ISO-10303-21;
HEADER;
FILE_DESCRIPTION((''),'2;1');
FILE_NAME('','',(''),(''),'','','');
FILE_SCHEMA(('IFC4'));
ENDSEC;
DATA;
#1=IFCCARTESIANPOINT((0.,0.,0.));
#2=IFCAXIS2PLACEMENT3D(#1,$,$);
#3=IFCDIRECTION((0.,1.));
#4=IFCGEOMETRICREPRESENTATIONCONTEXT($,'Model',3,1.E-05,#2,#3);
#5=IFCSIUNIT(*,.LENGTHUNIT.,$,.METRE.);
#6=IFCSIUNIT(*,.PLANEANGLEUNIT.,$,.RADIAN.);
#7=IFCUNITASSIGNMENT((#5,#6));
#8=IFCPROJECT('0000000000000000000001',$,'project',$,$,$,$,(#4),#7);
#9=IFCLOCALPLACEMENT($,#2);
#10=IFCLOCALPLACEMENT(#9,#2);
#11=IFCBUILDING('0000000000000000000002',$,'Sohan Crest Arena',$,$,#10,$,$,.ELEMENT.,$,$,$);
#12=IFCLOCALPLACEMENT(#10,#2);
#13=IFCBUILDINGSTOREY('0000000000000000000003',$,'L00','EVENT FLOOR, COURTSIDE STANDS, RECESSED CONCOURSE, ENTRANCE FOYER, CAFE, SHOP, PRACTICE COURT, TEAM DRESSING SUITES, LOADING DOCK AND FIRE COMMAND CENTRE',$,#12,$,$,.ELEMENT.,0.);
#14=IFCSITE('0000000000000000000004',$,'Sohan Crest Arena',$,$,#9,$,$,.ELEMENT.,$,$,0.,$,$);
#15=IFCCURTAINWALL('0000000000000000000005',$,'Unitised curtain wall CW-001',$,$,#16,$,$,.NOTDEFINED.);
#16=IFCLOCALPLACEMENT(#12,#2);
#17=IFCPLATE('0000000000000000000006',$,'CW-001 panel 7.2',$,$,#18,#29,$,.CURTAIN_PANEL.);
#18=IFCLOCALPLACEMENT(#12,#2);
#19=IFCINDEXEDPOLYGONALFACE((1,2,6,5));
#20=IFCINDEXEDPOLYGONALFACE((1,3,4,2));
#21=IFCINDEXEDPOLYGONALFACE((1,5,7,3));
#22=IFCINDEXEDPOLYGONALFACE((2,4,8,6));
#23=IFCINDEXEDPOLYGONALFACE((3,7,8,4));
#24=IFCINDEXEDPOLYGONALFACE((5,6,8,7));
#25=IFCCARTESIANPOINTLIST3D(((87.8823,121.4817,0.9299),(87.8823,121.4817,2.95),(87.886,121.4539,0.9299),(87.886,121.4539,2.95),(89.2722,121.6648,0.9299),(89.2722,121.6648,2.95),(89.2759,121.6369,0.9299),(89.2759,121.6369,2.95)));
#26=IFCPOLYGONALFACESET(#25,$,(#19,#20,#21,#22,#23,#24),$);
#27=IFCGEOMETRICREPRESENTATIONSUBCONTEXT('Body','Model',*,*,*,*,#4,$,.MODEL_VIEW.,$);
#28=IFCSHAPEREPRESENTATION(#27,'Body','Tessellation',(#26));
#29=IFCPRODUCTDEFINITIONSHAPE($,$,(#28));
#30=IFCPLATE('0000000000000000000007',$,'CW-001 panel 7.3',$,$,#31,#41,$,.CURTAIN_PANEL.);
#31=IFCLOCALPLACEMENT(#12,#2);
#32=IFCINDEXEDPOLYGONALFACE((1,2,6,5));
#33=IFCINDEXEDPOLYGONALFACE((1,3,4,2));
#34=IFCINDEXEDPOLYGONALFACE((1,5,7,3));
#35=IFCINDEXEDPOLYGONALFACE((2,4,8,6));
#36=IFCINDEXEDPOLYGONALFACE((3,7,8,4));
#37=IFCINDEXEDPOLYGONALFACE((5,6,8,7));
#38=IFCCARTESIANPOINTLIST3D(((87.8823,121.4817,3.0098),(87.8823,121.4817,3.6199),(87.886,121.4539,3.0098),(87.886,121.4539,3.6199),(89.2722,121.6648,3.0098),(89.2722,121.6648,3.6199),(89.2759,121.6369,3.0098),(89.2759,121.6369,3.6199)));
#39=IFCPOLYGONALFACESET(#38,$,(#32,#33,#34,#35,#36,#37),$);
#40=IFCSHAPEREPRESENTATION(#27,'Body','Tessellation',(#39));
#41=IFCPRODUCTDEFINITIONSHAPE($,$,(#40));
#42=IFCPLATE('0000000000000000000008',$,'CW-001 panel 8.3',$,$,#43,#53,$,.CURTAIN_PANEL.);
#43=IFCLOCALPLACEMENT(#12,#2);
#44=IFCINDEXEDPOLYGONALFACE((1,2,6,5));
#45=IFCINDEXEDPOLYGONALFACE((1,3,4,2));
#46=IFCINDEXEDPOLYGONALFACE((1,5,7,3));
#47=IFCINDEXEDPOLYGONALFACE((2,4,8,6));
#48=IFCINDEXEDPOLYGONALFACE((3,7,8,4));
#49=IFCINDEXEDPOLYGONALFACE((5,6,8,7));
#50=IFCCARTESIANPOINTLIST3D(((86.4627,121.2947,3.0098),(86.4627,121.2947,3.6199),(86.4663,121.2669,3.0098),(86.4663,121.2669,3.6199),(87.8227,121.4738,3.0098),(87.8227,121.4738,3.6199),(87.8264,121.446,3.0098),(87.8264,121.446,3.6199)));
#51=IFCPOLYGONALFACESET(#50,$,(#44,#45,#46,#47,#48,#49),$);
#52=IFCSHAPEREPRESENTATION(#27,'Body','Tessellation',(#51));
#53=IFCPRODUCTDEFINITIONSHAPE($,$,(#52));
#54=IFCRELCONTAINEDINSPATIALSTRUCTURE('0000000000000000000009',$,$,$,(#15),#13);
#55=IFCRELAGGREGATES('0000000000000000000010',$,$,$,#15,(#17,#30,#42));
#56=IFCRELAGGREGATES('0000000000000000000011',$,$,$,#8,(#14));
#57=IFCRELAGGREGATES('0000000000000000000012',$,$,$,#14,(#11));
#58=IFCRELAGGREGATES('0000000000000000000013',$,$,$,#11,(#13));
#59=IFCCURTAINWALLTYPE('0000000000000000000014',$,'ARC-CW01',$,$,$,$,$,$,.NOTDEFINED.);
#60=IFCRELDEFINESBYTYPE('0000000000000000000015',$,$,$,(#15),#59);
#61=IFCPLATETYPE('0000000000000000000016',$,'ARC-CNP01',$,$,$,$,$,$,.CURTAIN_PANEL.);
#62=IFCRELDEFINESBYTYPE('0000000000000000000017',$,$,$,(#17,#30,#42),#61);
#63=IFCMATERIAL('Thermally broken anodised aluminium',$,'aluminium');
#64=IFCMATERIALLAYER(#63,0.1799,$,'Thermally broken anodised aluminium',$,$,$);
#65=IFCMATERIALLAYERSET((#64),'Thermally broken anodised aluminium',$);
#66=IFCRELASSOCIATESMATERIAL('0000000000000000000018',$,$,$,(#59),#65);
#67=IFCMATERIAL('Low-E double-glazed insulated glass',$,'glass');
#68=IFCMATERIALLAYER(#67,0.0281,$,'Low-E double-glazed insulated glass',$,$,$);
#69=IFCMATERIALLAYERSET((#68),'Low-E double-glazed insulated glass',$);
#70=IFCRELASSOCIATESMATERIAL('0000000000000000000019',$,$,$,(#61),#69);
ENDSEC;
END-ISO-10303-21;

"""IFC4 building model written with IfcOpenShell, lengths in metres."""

from ifc_helpers import new_model, si_unit, direction, frame, origin, origin_2d, place, context, subcontext, project, spatial, rectangle, extrude, material, layer, layer_set, type_object, element, aggregate, save


model = new_model("IFC4")

# Units and contexts
model_context = context("Model", 3, precision=1e-05, world=origin(), true_north=direction((0.0, 1.0)))
body_context = subcontext(model_context, "Body", "Model", "MODEL_VIEW")
ifc_project = project(units=[si_unit("LENGTHUNIT", "METRE"), si_unit("PLANEANGLEUNIT", "RADIAN")], contexts=[model_context])

# Site, building, storey
site_placement = place(None, origin())
site = spatial("IfcSite", under=ifc_project, at=site_placement, Name="Sohan Crest Arena", CompositionType="ELEMENT", RefElevation=0.0)
building_placement = place(site_placement, origin())
building = spatial("IfcBuilding", under=site, at=building_placement, Name="Sohan Crest Arena", CompositionType="ELEMENT")
storey_placement = place(building_placement, origin())
storey = spatial("IfcBuildingStorey", under=building, at=storey_placement, Name="L00", Description="EVENT FLOOR, COURTSIDE STANDS, RECESSED CONCOURSE, ENTRANCE FOYER, CAFE, SHOP, PRACTICE COURT, TEAM DRESSING SUITES, LOADING DOCK AND FIRE COMMAND CENTRE", CompositionType="ELEMENT", Elevation=0.0)

# Curtain wall
ifc_material_1 = material(Name="Thermally broken anodised aluminium", Category="aluminium")
ifc_layer_1 = layer(ifc_material_1, 0.1799, Name="Thermally broken anodised aluminium")
ifc_layer_set_1 = layer_set([ifc_layer_1], Name="Thermally broken anodised aluminium")
curtain_wall_type = type_object("IfcCurtainWallType", Name="ARC-CW01", PredefinedType="NOTDEFINED", material=ifc_layer_set_1)
curtain_wall_placement = place(storey_placement, origin())
curtain_wall = element("IfcCurtainWall", 1, at=curtain_wall_placement, inside=storey, type_object=curtain_wall_type, Name="Unitised curtain wall CW-001", PredefinedType="NOTDEFINED")

# Plates
ifc_material_2 = material(Name="Low-E double-glazed insulated glass", Category="glass")
ifc_layer_2 = layer(ifc_material_2, 0.0281, Name="Low-E double-glazed insulated glass")
ifc_layer_set_2 = layer_set([ifc_layer_2], Name="Low-E double-glazed insulated glass")
plate_type = type_object("IfcPlateType", Name="ARC-CNP01", PredefinedType="CURTAIN_PANEL", material=ifc_layer_set_2)
plate_1_placement = place(storey_placement, frame((88.5791, 121.5593, 0.9299), z_axis=(0.0, 0.0, 1.0), x_axis=(-0.991439, -0.130567, 0.0)))
plate_1 = element("IfcPlate", 2, at=plate_1_placement, type_object=plate_type, Name="CW-001 panel 7.2", PredefinedType="CURTAIN_PANEL", context=body_context, shape_type="SweptSolid", body=[
    extrude(rectangle(XDim=1.4019, YDim=0.0281, at=origin_2d()), origin(), (0.0, 0.0, 1.0), 2.02),
])
plate_2_placement = place(storey_placement, frame((88.5791, 121.5593, 3.0098), z_axis=(0.0, 0.0, 1.0), x_axis=(-0.991439, -0.130567, 0.0)))
plate_2 = element("IfcPlate", 3, at=plate_2_placement, type_object=plate_type, Name="CW-001 panel 7.3", PredefinedType="CURTAIN_PANEL", context=body_context, shape_type="SweptSolid", body=[
    extrude(rectangle(XDim=1.4019, YDim=0.0281, at=origin_2d()), origin(), (0.0, 0.0, 1.0), 0.6101),
])
plate_3_placement = place(storey_placement, frame((87.1445, 121.3704, 3.0098), z_axis=(0.0, 0.0, 1.0), x_axis=(-0.991439, -0.130567, 0.0)))
plate_3 = element("IfcPlate", 4, at=plate_3_placement, type_object=plate_type, Name="CW-001 panel 8.3", PredefinedType="CURTAIN_PANEL", context=body_context, shape_type="SweptSolid", body=[
    extrude(rectangle(XDim=1.3718, YDim=0.0281, at=origin_2d()), origin(), (0.0, 0.0, 1.0), 0.6101),
])
aggregate(curtain_wall, [plate_1, plate_2, plate_3])

save(model, "model.ifc")
